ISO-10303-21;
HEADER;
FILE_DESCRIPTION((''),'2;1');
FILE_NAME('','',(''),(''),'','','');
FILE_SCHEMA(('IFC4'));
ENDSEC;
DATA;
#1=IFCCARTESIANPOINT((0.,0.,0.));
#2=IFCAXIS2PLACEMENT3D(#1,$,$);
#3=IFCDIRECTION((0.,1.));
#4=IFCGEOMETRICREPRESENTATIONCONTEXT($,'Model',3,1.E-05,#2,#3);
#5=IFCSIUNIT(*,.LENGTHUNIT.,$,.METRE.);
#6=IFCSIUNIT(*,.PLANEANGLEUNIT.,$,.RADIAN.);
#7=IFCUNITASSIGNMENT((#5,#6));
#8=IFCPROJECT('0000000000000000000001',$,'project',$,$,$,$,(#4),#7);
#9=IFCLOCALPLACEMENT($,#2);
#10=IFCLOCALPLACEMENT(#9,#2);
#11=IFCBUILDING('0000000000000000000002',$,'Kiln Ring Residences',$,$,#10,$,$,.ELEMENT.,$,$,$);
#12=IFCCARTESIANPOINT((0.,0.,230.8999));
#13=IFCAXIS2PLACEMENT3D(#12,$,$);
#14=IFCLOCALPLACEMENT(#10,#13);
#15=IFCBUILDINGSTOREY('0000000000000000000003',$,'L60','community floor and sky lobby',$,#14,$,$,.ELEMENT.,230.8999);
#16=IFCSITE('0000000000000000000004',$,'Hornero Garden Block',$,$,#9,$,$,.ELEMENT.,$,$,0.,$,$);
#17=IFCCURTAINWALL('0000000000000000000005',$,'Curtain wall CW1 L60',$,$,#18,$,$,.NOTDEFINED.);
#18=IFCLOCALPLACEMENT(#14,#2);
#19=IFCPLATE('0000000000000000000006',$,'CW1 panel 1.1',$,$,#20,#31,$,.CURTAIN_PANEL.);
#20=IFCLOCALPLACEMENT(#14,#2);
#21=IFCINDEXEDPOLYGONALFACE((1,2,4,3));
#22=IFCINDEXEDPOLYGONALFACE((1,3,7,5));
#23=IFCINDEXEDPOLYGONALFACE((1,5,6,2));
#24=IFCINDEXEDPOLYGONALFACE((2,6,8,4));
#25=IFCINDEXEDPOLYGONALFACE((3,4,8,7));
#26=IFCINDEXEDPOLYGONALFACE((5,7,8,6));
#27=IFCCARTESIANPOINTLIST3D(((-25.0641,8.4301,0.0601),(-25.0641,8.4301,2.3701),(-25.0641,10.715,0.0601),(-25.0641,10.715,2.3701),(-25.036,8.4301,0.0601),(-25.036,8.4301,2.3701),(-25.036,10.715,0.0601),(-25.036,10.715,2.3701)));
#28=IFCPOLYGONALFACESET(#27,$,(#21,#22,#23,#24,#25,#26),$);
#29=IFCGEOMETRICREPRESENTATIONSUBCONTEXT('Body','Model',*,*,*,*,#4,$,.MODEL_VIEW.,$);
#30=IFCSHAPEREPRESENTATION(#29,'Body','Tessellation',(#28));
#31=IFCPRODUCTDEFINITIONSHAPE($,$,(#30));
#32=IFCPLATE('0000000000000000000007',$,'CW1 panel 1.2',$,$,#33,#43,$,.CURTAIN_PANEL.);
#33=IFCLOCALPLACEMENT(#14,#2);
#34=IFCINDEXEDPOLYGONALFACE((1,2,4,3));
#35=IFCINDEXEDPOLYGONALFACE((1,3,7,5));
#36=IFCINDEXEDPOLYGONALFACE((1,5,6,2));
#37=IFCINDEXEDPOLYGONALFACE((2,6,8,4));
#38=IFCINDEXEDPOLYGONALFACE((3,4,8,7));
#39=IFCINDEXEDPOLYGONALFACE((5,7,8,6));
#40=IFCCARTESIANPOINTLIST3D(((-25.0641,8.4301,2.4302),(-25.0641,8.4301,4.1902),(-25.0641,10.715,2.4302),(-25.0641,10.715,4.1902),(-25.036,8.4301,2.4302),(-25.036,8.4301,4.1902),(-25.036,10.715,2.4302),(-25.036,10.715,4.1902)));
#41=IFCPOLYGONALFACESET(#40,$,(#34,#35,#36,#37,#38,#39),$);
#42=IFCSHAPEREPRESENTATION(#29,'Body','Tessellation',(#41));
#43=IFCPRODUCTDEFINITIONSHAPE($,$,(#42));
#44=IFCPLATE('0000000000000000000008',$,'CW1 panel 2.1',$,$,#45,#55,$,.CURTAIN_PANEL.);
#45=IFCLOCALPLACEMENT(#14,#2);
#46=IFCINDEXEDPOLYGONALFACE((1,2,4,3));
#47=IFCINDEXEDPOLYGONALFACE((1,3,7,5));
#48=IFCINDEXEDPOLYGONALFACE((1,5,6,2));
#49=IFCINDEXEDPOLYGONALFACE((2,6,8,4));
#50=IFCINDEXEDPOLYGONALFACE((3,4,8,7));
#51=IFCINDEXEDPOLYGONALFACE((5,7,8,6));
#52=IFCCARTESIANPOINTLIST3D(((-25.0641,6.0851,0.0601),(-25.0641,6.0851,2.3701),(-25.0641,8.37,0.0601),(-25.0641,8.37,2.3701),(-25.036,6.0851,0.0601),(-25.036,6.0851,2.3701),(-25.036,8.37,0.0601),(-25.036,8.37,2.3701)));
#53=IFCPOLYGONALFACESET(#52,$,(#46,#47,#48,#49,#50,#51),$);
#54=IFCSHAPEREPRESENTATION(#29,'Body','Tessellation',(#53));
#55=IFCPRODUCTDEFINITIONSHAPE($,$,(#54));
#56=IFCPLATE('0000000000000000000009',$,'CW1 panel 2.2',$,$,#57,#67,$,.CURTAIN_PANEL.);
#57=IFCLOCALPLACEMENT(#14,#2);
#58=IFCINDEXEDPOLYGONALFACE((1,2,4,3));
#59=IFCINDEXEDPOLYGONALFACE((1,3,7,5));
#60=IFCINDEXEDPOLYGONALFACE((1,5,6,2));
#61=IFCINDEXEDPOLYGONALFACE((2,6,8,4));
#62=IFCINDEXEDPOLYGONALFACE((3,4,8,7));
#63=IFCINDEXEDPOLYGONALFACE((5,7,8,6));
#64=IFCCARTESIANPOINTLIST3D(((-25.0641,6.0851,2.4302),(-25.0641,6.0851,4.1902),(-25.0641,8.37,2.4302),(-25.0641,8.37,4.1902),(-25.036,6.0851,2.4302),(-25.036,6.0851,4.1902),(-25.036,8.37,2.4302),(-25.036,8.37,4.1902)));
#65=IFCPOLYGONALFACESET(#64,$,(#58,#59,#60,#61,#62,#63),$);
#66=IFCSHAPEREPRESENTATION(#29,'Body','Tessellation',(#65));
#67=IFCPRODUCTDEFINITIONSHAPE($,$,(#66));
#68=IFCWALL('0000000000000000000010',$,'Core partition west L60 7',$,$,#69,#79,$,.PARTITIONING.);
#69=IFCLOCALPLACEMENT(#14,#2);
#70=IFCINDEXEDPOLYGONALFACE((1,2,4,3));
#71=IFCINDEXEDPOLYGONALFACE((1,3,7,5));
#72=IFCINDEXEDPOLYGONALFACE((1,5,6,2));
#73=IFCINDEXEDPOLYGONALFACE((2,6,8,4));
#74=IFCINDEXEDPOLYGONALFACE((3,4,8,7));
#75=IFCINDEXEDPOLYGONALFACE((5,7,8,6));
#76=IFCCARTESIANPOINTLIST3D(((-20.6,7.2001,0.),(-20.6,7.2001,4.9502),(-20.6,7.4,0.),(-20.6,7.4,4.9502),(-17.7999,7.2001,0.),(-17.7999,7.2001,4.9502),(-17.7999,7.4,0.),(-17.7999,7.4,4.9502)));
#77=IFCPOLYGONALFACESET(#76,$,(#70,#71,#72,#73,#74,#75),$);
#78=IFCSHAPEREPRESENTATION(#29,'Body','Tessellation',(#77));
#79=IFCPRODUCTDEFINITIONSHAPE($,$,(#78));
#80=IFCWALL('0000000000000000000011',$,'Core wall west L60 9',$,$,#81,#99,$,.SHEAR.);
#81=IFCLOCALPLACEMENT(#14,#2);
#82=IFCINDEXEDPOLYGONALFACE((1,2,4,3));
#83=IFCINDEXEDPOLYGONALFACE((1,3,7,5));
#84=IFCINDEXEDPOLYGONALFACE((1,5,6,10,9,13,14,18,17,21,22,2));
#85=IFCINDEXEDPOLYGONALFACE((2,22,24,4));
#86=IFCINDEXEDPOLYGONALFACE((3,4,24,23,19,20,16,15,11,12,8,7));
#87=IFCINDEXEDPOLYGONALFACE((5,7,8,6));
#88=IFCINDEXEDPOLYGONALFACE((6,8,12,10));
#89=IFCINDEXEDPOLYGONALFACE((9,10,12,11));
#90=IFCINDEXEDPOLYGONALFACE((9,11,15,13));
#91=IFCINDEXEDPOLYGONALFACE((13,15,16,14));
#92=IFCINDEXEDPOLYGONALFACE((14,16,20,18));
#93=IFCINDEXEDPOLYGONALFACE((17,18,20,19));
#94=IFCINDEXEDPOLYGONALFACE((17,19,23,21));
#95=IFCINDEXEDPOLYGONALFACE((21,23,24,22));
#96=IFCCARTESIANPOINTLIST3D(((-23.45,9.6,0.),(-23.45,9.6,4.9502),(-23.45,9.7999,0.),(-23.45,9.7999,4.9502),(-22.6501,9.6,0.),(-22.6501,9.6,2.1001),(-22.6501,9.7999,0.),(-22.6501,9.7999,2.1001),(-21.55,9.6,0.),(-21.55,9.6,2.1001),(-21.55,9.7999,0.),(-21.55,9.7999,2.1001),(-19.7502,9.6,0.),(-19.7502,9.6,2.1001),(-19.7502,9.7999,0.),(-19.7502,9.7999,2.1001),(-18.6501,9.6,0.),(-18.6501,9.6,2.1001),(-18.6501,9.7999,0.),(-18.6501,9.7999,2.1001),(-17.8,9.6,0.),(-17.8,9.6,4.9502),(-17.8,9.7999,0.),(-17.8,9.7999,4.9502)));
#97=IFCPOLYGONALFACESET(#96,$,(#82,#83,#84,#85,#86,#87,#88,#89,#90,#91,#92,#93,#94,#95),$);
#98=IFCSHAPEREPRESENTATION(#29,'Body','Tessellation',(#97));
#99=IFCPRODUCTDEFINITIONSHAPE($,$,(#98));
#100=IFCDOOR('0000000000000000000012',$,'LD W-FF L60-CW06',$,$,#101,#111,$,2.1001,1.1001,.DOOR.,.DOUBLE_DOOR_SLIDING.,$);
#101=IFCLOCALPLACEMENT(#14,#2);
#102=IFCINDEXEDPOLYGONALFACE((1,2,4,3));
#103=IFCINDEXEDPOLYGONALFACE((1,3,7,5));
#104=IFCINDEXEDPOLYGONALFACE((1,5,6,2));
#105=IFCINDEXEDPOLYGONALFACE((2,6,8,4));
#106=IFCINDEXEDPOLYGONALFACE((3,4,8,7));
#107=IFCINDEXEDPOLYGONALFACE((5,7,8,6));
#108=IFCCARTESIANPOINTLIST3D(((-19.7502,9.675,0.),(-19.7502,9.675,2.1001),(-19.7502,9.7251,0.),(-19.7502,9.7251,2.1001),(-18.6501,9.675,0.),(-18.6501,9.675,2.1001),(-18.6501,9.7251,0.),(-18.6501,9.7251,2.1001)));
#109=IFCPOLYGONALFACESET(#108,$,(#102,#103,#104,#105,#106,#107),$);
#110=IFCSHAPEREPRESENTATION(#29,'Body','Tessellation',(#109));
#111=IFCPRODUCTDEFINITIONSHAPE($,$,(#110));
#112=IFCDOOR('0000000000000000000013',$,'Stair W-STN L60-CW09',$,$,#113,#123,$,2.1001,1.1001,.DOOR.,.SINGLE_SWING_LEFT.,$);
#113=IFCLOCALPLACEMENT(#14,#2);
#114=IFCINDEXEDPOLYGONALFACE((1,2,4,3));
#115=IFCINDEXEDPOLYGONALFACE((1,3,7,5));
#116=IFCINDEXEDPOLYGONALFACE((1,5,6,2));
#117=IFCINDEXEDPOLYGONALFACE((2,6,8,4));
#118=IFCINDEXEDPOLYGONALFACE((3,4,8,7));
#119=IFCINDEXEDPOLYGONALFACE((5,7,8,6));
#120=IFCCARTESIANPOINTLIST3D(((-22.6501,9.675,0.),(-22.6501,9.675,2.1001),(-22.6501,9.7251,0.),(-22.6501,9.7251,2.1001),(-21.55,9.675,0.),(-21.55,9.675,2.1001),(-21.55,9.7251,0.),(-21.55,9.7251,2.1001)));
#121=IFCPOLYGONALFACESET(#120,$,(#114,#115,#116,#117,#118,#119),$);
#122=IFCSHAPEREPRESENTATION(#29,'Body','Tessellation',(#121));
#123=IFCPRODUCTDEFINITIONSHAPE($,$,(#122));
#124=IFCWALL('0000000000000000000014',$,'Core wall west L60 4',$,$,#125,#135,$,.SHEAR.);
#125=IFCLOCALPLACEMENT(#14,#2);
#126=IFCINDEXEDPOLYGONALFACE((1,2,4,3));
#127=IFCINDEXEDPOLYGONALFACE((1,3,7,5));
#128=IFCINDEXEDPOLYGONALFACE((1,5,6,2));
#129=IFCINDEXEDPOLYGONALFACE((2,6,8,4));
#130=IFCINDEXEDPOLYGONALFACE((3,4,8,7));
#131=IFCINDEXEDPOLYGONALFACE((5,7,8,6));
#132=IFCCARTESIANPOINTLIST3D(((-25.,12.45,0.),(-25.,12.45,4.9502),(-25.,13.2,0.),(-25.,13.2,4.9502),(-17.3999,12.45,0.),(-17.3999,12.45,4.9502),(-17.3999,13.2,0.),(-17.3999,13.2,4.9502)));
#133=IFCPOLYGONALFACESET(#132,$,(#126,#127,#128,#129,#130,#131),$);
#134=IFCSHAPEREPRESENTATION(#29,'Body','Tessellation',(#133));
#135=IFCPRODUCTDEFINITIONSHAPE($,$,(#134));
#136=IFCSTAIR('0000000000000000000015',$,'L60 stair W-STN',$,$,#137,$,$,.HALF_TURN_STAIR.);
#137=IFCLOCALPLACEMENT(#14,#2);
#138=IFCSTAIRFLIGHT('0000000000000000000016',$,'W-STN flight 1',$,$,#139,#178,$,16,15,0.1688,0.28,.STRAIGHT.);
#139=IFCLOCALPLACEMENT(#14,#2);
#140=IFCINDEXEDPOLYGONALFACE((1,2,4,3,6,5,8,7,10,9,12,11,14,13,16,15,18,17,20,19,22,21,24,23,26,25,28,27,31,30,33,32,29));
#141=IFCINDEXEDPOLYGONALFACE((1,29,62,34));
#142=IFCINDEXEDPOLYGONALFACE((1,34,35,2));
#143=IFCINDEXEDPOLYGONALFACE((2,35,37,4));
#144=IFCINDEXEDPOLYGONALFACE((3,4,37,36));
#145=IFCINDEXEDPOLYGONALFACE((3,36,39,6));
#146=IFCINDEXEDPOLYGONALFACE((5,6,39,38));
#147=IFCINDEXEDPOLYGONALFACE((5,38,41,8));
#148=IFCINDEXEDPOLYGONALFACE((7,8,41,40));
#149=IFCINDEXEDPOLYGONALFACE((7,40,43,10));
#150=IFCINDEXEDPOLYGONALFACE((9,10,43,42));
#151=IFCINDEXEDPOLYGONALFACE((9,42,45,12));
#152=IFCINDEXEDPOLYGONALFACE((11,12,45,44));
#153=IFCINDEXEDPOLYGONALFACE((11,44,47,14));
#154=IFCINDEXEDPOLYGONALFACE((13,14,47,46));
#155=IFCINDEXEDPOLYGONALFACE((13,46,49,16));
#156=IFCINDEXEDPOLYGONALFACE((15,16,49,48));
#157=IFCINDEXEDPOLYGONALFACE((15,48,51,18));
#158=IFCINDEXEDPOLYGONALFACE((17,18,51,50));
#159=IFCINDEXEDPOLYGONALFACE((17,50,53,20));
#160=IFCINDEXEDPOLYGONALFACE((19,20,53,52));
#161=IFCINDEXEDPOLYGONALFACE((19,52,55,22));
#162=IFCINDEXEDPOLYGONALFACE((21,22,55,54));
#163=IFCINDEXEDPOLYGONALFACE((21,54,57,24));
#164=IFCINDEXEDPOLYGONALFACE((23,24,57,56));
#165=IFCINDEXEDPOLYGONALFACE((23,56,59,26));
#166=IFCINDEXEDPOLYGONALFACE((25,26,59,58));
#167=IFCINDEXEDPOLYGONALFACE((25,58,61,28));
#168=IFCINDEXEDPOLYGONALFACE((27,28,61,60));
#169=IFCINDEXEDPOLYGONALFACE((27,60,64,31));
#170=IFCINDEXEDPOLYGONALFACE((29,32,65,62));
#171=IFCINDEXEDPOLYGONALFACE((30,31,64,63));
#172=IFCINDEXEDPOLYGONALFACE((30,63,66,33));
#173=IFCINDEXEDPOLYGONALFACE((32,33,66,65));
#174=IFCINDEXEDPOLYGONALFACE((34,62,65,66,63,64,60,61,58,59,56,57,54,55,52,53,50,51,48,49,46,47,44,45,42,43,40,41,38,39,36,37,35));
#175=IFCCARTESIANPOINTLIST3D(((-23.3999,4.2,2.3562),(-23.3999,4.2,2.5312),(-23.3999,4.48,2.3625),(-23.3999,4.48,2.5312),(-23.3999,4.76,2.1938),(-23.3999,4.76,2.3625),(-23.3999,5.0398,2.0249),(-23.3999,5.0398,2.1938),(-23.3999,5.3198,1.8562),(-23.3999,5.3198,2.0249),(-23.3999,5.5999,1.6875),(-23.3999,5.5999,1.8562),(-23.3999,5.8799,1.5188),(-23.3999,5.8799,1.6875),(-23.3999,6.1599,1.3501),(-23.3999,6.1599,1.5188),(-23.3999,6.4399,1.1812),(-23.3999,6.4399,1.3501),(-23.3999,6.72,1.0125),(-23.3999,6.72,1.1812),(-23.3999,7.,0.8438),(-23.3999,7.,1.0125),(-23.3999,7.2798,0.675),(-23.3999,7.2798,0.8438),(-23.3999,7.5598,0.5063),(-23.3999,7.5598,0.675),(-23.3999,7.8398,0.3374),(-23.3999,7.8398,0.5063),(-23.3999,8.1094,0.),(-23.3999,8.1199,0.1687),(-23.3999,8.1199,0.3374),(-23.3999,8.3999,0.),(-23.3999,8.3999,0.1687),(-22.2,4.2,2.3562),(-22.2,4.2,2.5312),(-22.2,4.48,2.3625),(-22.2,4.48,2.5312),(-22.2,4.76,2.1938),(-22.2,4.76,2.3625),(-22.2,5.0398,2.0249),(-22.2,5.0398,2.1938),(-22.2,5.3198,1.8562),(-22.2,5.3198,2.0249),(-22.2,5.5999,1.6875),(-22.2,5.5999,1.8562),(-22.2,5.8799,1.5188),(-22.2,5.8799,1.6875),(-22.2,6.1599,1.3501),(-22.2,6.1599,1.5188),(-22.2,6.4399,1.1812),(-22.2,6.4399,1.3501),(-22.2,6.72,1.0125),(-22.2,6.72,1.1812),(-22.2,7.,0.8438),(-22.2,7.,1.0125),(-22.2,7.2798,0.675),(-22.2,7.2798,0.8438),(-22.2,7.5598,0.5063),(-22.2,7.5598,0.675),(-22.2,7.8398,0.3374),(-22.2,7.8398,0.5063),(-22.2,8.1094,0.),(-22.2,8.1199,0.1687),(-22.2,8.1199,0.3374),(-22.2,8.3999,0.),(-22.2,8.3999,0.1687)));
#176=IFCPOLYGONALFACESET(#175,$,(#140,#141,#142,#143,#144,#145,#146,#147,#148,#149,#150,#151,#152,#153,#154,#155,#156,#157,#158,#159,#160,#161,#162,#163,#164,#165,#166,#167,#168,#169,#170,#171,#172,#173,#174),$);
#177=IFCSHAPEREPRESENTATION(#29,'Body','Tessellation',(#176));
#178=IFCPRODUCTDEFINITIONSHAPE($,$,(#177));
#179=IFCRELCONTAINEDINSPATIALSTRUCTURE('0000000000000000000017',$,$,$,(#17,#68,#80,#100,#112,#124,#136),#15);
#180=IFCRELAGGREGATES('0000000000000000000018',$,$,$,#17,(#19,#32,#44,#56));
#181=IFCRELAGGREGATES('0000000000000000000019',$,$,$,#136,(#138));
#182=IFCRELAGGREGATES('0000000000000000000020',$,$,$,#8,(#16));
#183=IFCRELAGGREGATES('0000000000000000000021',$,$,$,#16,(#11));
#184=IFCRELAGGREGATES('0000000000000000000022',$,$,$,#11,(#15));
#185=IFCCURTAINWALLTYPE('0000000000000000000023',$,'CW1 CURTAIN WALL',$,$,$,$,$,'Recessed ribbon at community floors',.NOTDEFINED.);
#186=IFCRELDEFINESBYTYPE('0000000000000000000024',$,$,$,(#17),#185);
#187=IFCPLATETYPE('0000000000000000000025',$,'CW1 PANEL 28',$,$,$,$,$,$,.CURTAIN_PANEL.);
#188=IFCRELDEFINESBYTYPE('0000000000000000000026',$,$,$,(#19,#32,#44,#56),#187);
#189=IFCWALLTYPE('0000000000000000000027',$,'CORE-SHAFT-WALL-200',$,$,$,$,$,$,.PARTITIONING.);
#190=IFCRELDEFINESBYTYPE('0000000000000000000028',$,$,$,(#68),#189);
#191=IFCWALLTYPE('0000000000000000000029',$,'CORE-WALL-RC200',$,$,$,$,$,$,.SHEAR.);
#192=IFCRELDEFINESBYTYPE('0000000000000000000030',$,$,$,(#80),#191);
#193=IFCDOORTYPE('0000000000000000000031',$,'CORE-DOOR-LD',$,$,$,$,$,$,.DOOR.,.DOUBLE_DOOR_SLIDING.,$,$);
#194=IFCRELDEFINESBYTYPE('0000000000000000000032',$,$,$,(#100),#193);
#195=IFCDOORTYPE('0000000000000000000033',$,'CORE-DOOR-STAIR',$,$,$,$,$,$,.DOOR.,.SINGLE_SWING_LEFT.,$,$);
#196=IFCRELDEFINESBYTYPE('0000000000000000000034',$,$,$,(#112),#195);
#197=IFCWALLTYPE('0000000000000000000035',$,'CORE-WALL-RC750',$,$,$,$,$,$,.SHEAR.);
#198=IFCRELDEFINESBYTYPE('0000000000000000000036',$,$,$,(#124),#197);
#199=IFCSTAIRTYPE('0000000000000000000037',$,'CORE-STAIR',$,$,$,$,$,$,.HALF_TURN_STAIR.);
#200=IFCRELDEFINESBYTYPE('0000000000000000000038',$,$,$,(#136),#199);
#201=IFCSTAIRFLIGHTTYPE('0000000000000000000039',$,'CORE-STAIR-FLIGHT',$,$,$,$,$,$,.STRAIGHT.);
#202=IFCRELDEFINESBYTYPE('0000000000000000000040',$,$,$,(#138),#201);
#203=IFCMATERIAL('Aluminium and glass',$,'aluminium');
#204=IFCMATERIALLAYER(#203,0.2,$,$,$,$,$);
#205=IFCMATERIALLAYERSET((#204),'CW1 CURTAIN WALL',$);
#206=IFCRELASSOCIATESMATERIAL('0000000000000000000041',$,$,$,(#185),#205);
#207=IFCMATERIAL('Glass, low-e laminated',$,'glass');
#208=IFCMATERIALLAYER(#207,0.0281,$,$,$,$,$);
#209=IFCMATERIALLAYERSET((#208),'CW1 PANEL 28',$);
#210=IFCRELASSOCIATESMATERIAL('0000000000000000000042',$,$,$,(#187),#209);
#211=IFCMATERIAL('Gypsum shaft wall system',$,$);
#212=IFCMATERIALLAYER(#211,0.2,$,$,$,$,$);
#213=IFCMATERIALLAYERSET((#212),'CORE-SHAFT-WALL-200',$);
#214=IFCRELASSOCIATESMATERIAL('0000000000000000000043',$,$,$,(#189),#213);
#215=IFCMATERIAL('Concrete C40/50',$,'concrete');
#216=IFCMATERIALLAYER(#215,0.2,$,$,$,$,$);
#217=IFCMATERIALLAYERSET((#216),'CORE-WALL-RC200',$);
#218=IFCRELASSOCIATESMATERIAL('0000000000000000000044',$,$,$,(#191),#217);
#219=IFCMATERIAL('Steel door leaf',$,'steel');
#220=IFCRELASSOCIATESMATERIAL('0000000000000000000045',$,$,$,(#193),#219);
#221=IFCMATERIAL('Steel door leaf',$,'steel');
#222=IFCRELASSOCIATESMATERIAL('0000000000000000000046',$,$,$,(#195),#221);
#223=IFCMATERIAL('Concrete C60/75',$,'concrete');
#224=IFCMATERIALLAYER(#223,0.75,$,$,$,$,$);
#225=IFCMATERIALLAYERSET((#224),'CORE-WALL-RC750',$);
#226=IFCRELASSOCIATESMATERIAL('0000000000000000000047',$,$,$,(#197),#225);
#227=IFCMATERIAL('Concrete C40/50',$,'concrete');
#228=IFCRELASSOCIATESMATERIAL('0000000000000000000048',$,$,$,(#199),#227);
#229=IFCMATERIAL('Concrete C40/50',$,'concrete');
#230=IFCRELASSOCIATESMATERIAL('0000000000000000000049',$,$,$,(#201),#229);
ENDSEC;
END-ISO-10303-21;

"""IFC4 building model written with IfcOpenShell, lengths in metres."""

from ifc_helpers import new_model, si_unit, direction, frame, frame_2d, origin, origin_2d, place, context, subcontext, project, spatial, polyline, rectangle, outline, extrude, material, layer, layer_set, type_object, element, fill, aggregate, save


model = new_model("IFC4")

# Units and contexts
model_context = context("Model", 3, precision=1e-05, world=origin(), true_north=direction((0.0, 1.0)))
body_context = subcontext(model_context, "Body", "Model", "MODEL_VIEW")
ifc_project = project(units=[si_unit("LENGTHUNIT", "METRE"), si_unit("PLANEANGLEUNIT", "RADIAN")], contexts=[model_context])

# Site, building, storey
site_placement = place(None, origin())
site = spatial("IfcSite", under=ifc_project, at=site_placement, Name="Hornero Garden Block", CompositionType="ELEMENT", RefElevation=0.0)
building_placement = place(site_placement, origin())
building = spatial("IfcBuilding", under=site, at=building_placement, Name="Kiln Ring Residences", CompositionType="ELEMENT")
storey_placement = place(building_placement, frame((0.0, 0.0, 230.8999)))
storey = spatial("IfcBuildingStorey", under=building, at=storey_placement, Name="L60", Description="community floor and sky lobby", CompositionType="ELEMENT", Elevation=230.8999)

# Shared definitions
ifc_material_1 = material(Name="Aluminium and glass", Category="aluminium")
ifc_layer_1 = layer(ifc_material_1, 0.2)
ifc_layer_set_1 = layer_set([ifc_layer_1], Name="CW1 CURTAIN WALL")
curtain_wall_type = type_object("IfcCurtainWallType", Name="CW1 CURTAIN WALL", ElementType="Recessed ribbon at community floors", PredefinedType="NOTDEFINED", material=ifc_layer_set_1)
placement = place(storey_placement, origin())

# Curtain wall
curtain_wall_1 = element("IfcCurtainWall", 1, at=placement, inside=storey, type_object=curtain_wall_type, Name="Curtain wall CW1 L60", PredefinedType="NOTDEFINED")

# Plates
ifc_material_2 = material(Name="Glass, low-e laminated", Category="glass")
ifc_layer_2 = layer(ifc_material_2, 0.0281)
ifc_layer_set_2 = layer_set([ifc_layer_2], Name="CW1 PANEL 28")
plate_type = type_object("IfcPlateType", Name="CW1 PANEL 28", PredefinedType="CURTAIN_PANEL", material=ifc_layer_set_2)
plate_1_placement = place(storey_placement, frame((-25.05, 9.5725, 0.0601), z_axis=(0.0, 0.0, 1.0), x_axis=(0.0, -1.0, 0.0)))
plate_1 = element("IfcPlate", 2, at=plate_1_placement, type_object=plate_type, Name="CW1 panel 1.1", PredefinedType="CURTAIN_PANEL", context=body_context, shape_type="SweptSolid", body=[
    extrude(rectangle(XDim=2.2849, YDim=0.0281, at=origin_2d()), origin(), (0.0, 0.0, 1.0), 2.3101),
])
plate_2_placement = place(storey_placement, frame((-25.05, 9.5725, 2.4302), z_axis=(0.0, 0.0, 1.0), x_axis=(0.0, -1.0, 0.0)))
plate_2 = element("IfcPlate", 3, at=plate_2_placement, type_object=plate_type, Name="CW1 panel 1.2", PredefinedType="CURTAIN_PANEL", context=body_context, shape_type="SweptSolid", body=[
    extrude(rectangle(XDim=2.2849, YDim=0.0281, at=origin_2d()), origin(), (0.0, 0.0, 1.0), 1.76),
])
plate_3_placement = place(storey_placement, frame((-25.05, 7.2275, 0.0601), z_axis=(0.0, 0.0, 1.0), x_axis=(0.0, -1.0, 0.0)))
plate_3 = element("IfcPlate", 4, at=plate_3_placement, type_object=plate_type, Name="CW1 panel 2.1", PredefinedType="CURTAIN_PANEL", context=body_context, shape_type="SweptSolid", body=[
    extrude(rectangle(XDim=2.2849, YDim=0.0281, at=origin_2d()), origin(), (0.0, 0.0, 1.0), 2.3101),
])
plate_4_placement = place(storey_placement, frame((-25.05, 7.2275, 2.4302), z_axis=(0.0, 0.0, 1.0), x_axis=(0.0, -1.0, 0.0)))
plate_4 = element("IfcPlate", 5, at=plate_4_placement, type_object=plate_type, Name="CW1 panel 2.2", PredefinedType="CURTAIN_PANEL", context=body_context, shape_type="SweptSolid", body=[
    extrude(rectangle(XDim=2.2849, YDim=0.0281, at=origin_2d()), origin(), (0.0, 0.0, 1.0), 1.76),
])
aggregate(curtain_wall_1, [plate_1, plate_2, plate_3, plate_4])

# Wall
ifc_material_3 = material(Name="Gypsum shaft wall system")
ifc_layer_3 = layer(ifc_material_3, 0.2)
ifc_layer_set_3 = layer_set([ifc_layer_3], Name="CORE-SHAFT-WALL-200")
wall_type_1 = type_object("IfcWallType", Name="CORE-SHAFT-WALL-200", PredefinedType="PARTITIONING", material=ifc_layer_set_3)
wall_1_placement = place(storey_placement, frame((-17.8, 7.3, 0.0), z_axis=(0.0, 0.0, 1.0), x_axis=(-1.0, 0.0, 0.0)))
element("IfcWall", 6, at=wall_1_placement, inside=storey, type_object=wall_type_1, Name="Core partition west L60 7", PredefinedType="PARTITIONING", context=body_context, shape_type="SweptSolid", body=[
    extrude(rectangle(XDim=2.8, YDim=0.2, at=frame_2d((1.3999, 0.0))), origin(), (0.0, 0.0, 1.0), 4.9502),
])

# Wall, openings, doors
ifc_material_4 = material(Name="Concrete C40/50", Category="concrete")
ifc_layer_4 = layer(ifc_material_4, 0.2)
ifc_layer_set_4 = layer_set([ifc_layer_4], Name="CORE-WALL-RC200")
wall_type_2 = type_object("IfcWallType", Name="CORE-WALL-RC200", PredefinedType="SHEAR", material=ifc_layer_set_4)
wall_2_placement = place(storey_placement, frame((-17.8, 9.7, 0.0), z_axis=(0.0, 0.0, 1.0), x_axis=(-1.0, 0.0, 0.0)))
wall_2 = element("IfcWall", 7, at=wall_2_placement, inside=storey, type_object=wall_type_2, Name="Core wall west L60 9", PredefinedType="SHEAR", context=body_context, shape_type="SweptSolid", body=[
    extrude(rectangle(XDim=5.6499, YDim=0.2, at=frame_2d((2.825, 0.0))), origin(), (0.0, 0.0, 1.0), 4.9502),
])
opening_1_placement = place(wall_2_placement, frame((0.8501, 0.0, 0.0)))
opening_1 = element("IfcOpeningElement", 8, at=opening_1_placement, cuts=wall_2, PredefinedType="OPENING", context=body_context, shape_type="SweptSolid", body=[
    extrude(rectangle(XDim=1.1001, YDim=2.1001, at=frame_2d((0.55, 1.05))), frame((0.0, 0.1099, 0.0), z_axis=(0.0, -1.0, 0.0), x_axis=(1.0, 0.0, 0.0)), (0.0, 0.0, 1.0), 0.22),
])
opening_2_placement = place(wall_2_placement, frame((3.75, 0.0, 0.0)))
opening_2 = element("IfcOpeningElement", 9, at=opening_2_placement, cuts=wall_2, PredefinedType="OPENING", context=body_context, shape_type="SweptSolid", body=[
    extrude(rectangle(XDim=1.1001, YDim=2.1001, at=frame_2d((0.55, 1.05))), frame((0.0, 0.1099, 0.0), z_axis=(0.0, -1.0, 0.0), x_axis=(1.0, 0.0, 0.0)), (0.0, 0.0, 1.0), 0.22),
])
ifc_material_5 = material(Name="Steel door leaf", Category="steel")
door_type_1 = type_object("IfcDoorType", Name="CORE-DOOR-LD", OperationType="DOUBLE_DOOR_SLIDING", PredefinedType="DOOR", material=ifc_material_5)
door_1_placement = place(opening_1_placement, origin())
door_1 = element("IfcDoor", 10, at=door_1_placement, inside=storey, type_object=door_type_1, Name="LD W-FF L60-CW06", OperationType="DOUBLE_DOOR_SLIDING", OverallHeight=2.1001, OverallWidth=1.1001, PredefinedType="DOOR", context=body_context, shape_type="SweptSolid", body=[
    extrude(rectangle(XDim=1.1001, YDim=2.1001, at=frame_2d((0.55, 1.05))), frame((0.0, 0.0249, 0.0), z_axis=(0.0, -1.0, 0.0), x_axis=(1.0, 0.0, 0.0)), (0.0, 0.0, 1.0), 0.05),
])
fill(opening_1, door_1)
ifc_material_6 = material(Name="Steel door leaf", Category="steel")
door_type_2 = type_object("IfcDoorType", Name="CORE-DOOR-STAIR", OperationType="SINGLE_SWING_LEFT", PredefinedType="DOOR", material=ifc_material_6)
door_2_placement = place(opening_2_placement, origin())
door_2 = element("IfcDoor", 11, at=door_2_placement, inside=storey, type_object=door_type_2, Name="Stair W-STN L60-CW09", OperationType="SINGLE_SWING_LEFT", OverallHeight=2.1001, OverallWidth=1.1001, PredefinedType="DOOR", context=body_context, shape_type="SweptSolid", body=[
    extrude(rectangle(XDim=1.1001, YDim=2.1001, at=frame_2d((0.55, 1.05))), frame((0.0, 0.0249, 0.0), z_axis=(0.0, -1.0, 0.0), x_axis=(1.0, 0.0, 0.0)), (0.0, 0.0, 1.0), 0.05),
])
fill(opening_2, door_2)

# Wall
ifc_material_7 = material(Name="Concrete C60/75", Category="concrete")
ifc_layer_5 = layer(ifc_material_7, 0.75)
ifc_layer_set_5 = layer_set([ifc_layer_5], Name="CORE-WALL-RC750")
wall_type_3 = type_object("IfcWallType", Name="CORE-WALL-RC750", PredefinedType="SHEAR", material=ifc_layer_set_5)
wall_3_placement = place(storey_placement, frame((-17.3999, 12.825, 0.0), z_axis=(0.0, 0.0, 1.0), x_axis=(-1.0, 0.0, 0.0)))
element("IfcWall", 12, at=wall_3_placement, inside=storey, type_object=wall_type_3, Name="Core wall west L60 4", PredefinedType="SHEAR", context=body_context, shape_type="SweptSolid", body=[
    extrude(rectangle(XDim=7.6001, YDim=0.75, at=frame_2d((3.8, 0.0))), origin(), (0.0, 0.0, 1.0), 4.9502),
])

# Stair, stair flight
ifc_material_8 = material(Name="Concrete C40/50", Category="concrete")
stair_type = type_object("IfcStairType", Name="CORE-STAIR", PredefinedType="HALF_TURN_STAIR", material=ifc_material_8)
stair = element("IfcStair", 13, at=placement, inside=storey, type_object=stair_type, Name="L60 stair W-STN", PredefinedType="HALF_TURN_STAIR")
ifc_material_9 = material(Name="Concrete C40/50", Category="concrete")
stair_flight_type = type_object("IfcStairFlightType", Name="CORE-STAIR-FLIGHT", PredefinedType="STRAIGHT", material=ifc_material_9)
stair_flight_placement = place(storey_placement, frame((-22.8, 8.3999, 0.0), z_axis=(0.0, 0.0, 1.0), x_axis=(0.0, -1.0, 0.0)))
stair_flight = element("IfcStairFlight", 14, at=stair_flight_placement, type_object=stair_flight_type, Name="W-STN flight 1", NumberOfRisers=16, NumberOfTreads=15, PredefinedType="STRAIGHT", RiserHeight=0.1688, TreadLength=0.28, context=body_context, shape_type="SweptSolid", body=[
    extrude(outline(polyline([(0.0, 0.0), (0.0, 0.1687), (0.28, 0.1687), (0.28, 0.3374), (0.5601, 0.3374), (0.5601, 0.5063), (0.8401, 0.5063), (0.8401, 0.675), (1.1201, 0.675), (1.1201, 0.8438), (1.3999, 0.8438), (1.3999, 1.0125), (1.6799, 1.0125), (1.6799, 1.1812), (1.96, 1.1812), (1.96, 1.3501), (2.24, 1.3501), (2.24, 1.5188), (2.52, 1.5188), (2.52, 1.6875), (2.8, 1.6875), (2.8, 1.8562), (3.0801, 1.8562), (3.0801, 2.0249), (3.3601, 2.0249), (3.3601, 2.1938), (3.6399, 2.1938), (3.6399, 2.3625), (3.9199, 2.3625), (3.9199, 2.5312), (4.2, 2.5312), (4.2, 2.7), (4.2, 2.3562), (0.2905, 0.0), (0.0, 0.0)])), frame((0.0, 0.6001, 0.0), z_axis=(0.0, -1.0, 0.0), x_axis=(1.0, 0.0, 0.0)), (0.0, 0.0, 1.0), 1.2),
])
aggregate(stair, [stair_flight])

save(model, "model.ifc")
